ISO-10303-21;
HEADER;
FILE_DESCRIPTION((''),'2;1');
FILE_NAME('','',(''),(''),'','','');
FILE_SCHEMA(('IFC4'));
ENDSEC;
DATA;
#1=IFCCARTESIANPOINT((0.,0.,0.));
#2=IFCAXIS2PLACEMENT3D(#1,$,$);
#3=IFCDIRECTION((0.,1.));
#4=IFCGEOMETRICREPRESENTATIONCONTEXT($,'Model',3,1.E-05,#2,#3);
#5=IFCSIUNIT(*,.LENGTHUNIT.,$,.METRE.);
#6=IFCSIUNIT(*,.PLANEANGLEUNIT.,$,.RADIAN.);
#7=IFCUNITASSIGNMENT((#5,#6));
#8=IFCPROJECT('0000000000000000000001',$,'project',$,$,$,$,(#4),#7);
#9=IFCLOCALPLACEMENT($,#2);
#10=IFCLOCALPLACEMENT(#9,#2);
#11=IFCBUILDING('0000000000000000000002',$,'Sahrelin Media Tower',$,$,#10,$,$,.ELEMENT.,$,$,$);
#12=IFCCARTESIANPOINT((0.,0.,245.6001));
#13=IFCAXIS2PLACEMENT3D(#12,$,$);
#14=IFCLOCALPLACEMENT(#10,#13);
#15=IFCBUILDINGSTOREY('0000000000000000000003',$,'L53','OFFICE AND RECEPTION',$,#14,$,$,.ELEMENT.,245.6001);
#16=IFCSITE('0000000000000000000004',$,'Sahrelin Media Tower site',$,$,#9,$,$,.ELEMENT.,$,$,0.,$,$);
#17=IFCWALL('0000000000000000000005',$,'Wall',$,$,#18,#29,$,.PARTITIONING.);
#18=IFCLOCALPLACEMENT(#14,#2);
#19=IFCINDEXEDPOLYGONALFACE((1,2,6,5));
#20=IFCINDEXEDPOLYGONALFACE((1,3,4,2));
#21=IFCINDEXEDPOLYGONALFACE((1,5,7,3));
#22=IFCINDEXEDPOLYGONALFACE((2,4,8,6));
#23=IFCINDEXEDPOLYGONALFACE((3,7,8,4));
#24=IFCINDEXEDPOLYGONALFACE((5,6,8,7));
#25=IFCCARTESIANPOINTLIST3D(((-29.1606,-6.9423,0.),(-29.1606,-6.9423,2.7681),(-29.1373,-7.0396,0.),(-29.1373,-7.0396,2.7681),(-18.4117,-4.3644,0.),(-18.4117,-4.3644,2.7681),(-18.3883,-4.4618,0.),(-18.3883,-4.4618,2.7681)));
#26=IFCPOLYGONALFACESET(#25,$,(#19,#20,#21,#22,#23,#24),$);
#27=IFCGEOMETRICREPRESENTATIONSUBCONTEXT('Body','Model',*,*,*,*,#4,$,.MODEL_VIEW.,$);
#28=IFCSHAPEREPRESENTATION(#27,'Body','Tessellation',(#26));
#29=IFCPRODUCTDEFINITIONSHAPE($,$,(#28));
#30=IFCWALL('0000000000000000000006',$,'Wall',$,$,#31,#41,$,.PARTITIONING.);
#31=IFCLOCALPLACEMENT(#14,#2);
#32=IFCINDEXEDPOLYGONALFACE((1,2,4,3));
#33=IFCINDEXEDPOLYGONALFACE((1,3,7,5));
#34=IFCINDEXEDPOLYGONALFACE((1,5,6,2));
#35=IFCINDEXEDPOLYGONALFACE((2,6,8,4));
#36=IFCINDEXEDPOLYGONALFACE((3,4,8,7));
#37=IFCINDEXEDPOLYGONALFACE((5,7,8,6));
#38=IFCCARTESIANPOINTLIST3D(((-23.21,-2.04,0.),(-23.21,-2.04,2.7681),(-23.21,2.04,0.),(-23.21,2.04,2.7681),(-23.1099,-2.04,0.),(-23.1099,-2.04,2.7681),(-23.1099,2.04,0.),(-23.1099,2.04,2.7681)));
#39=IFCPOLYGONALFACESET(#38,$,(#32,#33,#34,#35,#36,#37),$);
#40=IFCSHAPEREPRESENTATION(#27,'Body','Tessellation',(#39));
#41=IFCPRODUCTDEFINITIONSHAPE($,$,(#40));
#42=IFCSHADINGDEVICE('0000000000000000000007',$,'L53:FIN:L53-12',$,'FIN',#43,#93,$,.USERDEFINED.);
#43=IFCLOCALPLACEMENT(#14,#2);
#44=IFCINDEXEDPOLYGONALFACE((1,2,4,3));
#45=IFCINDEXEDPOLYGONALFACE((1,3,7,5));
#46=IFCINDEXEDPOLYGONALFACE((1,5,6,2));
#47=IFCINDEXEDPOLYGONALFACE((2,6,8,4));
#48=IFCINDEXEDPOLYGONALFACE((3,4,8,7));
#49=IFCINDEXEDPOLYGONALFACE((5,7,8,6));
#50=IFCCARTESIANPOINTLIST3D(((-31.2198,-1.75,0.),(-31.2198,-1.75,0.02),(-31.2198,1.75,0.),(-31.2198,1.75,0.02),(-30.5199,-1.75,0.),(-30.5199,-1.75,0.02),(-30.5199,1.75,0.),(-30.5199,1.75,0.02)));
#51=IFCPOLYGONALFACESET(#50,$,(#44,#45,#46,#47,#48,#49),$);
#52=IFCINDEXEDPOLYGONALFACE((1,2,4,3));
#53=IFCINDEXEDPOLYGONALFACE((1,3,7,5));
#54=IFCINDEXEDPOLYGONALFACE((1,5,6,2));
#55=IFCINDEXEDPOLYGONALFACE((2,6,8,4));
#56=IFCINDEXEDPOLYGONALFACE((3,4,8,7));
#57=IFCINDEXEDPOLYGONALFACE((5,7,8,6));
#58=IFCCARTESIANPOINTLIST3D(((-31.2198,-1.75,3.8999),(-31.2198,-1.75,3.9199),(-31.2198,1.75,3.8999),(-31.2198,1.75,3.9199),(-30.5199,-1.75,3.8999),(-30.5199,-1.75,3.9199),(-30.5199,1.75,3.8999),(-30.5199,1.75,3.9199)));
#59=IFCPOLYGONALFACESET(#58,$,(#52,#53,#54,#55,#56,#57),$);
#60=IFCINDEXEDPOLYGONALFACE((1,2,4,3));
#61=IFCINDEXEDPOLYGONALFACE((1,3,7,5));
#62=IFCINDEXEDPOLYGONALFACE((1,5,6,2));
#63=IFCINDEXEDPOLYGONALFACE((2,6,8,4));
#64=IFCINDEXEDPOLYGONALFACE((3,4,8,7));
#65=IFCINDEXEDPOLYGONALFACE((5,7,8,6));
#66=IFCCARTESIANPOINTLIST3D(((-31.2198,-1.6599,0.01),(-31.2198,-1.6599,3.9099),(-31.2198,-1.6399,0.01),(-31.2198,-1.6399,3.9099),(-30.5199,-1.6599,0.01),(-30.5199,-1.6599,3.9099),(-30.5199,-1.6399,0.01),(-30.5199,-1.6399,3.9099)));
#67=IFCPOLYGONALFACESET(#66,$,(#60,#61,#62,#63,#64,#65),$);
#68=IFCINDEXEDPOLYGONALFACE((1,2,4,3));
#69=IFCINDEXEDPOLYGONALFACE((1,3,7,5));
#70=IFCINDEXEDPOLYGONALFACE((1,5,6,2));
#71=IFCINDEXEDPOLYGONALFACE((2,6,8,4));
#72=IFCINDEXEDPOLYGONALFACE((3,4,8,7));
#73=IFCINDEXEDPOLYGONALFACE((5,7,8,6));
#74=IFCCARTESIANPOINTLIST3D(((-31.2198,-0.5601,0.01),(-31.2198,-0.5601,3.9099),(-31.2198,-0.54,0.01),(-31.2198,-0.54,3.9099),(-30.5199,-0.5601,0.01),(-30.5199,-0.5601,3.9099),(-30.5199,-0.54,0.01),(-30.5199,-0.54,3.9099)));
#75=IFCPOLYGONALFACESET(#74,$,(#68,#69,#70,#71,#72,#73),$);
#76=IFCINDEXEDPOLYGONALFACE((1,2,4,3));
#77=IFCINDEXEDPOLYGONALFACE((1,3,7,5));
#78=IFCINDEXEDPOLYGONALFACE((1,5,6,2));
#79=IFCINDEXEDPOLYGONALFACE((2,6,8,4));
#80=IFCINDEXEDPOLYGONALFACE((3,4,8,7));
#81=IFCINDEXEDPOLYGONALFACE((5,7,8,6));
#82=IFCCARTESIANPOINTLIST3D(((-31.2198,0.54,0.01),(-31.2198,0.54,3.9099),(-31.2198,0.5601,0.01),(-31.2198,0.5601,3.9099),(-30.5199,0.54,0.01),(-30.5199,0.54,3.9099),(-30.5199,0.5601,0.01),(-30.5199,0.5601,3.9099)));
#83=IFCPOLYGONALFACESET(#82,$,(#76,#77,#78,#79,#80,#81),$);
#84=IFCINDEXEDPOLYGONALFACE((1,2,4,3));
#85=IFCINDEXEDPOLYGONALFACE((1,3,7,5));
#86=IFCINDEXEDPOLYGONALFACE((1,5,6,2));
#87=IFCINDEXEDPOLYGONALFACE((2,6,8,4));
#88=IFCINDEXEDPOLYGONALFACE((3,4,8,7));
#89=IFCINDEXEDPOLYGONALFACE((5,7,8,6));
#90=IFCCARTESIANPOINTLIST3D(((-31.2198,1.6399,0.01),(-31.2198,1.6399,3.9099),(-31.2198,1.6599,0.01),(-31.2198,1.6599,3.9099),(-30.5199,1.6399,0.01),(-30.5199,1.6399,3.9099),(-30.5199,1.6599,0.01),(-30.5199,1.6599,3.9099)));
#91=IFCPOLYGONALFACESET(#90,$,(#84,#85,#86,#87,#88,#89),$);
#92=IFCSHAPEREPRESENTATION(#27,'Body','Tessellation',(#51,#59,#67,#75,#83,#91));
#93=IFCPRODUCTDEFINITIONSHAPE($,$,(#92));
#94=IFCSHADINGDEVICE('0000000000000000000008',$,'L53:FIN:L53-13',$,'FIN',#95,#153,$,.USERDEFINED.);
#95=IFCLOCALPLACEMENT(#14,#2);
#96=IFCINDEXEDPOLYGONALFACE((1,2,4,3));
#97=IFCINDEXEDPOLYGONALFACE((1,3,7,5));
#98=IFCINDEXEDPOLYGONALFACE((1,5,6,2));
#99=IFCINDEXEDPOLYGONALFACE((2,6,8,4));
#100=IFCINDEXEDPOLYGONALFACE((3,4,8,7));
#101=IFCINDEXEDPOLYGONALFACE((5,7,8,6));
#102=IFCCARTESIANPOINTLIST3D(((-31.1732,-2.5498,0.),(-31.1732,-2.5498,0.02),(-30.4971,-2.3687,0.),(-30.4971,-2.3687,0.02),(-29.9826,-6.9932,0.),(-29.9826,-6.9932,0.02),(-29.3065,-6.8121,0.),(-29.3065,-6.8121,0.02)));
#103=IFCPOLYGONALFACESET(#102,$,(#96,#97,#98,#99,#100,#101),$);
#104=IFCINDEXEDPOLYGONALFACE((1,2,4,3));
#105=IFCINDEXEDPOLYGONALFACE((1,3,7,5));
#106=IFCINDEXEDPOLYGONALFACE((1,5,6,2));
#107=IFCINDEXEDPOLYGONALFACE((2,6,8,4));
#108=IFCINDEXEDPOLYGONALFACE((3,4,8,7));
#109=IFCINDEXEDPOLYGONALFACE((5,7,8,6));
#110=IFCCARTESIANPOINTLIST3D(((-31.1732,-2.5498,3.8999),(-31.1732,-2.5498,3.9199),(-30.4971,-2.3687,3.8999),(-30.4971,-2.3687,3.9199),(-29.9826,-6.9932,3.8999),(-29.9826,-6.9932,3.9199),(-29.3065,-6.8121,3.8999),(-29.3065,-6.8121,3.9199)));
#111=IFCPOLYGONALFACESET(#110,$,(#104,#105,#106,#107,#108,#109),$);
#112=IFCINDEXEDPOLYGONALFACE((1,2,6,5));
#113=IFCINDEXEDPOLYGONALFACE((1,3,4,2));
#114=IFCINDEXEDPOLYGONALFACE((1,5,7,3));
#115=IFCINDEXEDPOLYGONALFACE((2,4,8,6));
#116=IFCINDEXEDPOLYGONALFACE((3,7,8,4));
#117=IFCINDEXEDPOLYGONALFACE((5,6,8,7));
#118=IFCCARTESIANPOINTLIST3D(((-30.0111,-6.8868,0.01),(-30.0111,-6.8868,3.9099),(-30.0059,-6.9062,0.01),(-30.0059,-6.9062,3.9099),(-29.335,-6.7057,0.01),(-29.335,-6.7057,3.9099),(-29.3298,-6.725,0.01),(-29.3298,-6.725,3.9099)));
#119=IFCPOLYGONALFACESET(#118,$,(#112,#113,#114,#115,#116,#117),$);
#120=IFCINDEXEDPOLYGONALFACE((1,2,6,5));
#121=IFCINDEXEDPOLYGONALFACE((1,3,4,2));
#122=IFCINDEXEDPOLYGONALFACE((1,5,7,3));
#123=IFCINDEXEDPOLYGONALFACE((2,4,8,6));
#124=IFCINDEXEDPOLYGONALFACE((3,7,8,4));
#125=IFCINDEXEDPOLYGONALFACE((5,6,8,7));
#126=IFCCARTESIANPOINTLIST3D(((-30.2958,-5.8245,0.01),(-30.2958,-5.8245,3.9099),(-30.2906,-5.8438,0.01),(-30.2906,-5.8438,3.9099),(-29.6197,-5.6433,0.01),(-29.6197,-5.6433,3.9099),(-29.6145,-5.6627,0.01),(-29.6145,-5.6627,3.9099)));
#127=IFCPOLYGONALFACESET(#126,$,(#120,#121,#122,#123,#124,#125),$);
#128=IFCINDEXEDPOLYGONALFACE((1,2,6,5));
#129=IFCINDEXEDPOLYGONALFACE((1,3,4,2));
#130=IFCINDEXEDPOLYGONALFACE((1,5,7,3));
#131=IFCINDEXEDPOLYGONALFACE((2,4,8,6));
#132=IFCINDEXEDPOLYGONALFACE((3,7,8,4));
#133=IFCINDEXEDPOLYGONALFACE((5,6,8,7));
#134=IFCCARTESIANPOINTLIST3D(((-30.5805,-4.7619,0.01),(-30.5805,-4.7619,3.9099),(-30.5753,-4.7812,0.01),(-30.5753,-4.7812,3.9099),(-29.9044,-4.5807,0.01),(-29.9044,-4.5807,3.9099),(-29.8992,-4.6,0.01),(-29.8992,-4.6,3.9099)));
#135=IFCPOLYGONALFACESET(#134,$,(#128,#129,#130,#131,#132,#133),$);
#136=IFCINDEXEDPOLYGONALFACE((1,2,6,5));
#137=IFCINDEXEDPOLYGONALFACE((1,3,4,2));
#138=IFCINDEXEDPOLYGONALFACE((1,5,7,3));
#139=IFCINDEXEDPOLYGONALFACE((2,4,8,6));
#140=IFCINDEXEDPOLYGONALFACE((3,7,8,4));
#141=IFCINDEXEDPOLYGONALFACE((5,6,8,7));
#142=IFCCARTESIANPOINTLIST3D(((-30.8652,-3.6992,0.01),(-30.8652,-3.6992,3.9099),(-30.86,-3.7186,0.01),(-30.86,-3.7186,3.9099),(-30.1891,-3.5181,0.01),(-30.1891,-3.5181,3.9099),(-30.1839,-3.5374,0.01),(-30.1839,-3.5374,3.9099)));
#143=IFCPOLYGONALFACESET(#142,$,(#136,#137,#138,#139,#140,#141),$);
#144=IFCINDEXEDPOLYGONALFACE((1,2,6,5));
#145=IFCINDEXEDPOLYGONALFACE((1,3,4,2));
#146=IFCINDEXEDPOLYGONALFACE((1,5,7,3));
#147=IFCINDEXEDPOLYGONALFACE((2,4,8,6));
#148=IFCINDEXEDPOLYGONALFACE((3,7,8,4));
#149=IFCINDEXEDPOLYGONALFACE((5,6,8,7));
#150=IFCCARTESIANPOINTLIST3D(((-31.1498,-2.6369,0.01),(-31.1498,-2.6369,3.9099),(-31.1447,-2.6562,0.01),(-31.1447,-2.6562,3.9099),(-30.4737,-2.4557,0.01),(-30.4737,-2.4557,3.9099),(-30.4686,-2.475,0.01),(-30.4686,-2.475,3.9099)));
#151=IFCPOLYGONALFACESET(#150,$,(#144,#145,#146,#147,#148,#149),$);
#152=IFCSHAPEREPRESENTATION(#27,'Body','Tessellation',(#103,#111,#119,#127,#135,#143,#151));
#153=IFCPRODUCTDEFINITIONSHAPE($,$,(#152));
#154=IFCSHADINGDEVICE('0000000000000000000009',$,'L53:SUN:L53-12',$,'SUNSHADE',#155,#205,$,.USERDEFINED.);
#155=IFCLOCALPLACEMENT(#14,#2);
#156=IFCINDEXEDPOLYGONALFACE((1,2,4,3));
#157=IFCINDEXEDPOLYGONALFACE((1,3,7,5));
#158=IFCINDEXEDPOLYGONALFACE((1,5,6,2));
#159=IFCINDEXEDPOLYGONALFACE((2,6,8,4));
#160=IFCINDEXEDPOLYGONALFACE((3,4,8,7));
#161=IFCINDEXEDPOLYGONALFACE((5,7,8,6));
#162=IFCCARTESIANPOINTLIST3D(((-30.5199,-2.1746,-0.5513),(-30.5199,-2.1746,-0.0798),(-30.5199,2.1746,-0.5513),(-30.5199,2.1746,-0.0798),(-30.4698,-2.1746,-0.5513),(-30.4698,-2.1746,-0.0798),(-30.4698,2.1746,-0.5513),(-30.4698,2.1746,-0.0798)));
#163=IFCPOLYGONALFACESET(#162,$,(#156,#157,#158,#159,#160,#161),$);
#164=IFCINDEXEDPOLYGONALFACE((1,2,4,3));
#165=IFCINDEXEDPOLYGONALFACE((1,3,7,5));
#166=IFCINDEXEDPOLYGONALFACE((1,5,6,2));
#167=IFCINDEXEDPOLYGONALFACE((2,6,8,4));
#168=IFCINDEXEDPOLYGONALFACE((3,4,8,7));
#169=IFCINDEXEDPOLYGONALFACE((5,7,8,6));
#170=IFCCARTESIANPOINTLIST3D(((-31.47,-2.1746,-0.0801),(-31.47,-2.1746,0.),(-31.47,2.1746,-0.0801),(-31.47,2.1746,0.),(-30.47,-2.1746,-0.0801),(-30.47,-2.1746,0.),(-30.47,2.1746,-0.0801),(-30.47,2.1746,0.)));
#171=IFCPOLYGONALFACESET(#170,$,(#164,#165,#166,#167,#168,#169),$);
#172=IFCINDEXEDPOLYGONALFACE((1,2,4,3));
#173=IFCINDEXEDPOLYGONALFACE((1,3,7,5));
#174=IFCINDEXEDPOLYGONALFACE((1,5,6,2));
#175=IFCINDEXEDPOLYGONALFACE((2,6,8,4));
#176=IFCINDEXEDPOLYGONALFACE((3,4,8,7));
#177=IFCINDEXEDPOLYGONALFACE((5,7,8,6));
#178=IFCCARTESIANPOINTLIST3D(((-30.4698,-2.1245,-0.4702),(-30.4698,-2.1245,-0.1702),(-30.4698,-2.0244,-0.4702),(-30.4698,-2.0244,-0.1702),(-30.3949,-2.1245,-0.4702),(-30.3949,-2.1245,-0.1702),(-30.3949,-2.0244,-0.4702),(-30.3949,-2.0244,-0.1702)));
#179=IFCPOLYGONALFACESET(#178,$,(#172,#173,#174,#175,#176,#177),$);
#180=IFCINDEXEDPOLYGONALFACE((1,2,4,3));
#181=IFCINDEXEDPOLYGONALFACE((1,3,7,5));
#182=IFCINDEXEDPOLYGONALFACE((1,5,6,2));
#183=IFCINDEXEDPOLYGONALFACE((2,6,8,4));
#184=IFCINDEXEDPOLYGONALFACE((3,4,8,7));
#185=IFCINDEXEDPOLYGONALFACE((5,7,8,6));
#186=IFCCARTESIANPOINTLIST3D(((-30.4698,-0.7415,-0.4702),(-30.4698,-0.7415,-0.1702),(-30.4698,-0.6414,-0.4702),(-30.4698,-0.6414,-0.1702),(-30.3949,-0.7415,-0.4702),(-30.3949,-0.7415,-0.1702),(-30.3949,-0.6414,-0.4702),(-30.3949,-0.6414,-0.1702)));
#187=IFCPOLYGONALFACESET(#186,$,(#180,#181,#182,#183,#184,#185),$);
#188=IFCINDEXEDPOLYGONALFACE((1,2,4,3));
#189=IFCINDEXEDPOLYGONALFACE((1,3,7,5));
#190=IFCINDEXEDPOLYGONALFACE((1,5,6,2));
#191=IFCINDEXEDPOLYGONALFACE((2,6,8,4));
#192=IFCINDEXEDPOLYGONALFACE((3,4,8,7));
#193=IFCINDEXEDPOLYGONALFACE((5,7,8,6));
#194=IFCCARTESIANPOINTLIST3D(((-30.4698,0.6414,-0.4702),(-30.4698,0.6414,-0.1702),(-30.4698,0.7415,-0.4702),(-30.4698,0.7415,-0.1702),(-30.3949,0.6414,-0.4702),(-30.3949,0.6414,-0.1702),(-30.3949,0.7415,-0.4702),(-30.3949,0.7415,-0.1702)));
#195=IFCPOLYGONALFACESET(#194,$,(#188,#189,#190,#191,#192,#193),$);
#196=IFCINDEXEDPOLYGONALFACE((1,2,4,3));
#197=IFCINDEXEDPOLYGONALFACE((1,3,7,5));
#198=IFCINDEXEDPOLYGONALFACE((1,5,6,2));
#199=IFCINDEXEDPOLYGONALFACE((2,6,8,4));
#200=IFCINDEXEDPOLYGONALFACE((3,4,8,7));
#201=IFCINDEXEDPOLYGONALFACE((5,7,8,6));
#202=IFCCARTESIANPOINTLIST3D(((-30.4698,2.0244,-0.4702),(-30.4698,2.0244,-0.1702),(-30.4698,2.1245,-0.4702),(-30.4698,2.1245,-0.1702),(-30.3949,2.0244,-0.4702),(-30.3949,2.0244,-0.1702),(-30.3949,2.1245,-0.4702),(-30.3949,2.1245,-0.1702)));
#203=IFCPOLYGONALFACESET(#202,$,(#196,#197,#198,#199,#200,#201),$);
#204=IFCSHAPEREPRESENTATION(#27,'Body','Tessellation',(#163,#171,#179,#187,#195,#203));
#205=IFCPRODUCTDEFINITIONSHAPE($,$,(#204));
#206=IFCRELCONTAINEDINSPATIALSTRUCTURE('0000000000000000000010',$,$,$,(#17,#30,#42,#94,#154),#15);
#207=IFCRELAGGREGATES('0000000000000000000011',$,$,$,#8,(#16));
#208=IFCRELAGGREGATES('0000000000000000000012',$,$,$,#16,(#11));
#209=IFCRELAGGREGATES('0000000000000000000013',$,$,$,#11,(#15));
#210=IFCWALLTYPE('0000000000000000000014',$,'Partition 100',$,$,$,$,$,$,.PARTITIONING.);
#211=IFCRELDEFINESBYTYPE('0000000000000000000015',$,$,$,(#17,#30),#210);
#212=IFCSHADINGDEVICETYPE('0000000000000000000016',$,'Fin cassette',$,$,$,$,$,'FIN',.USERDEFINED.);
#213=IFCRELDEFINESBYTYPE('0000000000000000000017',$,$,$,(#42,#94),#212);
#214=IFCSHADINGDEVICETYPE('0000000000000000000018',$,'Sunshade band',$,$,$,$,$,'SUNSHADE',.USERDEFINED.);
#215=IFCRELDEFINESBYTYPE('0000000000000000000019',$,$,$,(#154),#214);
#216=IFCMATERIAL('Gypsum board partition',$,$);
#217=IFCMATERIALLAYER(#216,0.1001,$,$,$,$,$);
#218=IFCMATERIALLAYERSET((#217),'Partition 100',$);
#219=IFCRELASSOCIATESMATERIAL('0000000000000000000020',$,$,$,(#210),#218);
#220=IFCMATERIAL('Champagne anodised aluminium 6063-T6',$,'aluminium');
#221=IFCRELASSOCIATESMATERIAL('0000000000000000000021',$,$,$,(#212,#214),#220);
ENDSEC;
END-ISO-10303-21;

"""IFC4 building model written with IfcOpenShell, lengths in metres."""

from ifc_helpers import new_model, si_unit, direction, frame, frame_2d, origin, origin_2d, place, context, subcontext, project, spatial, rectangle, extrude, material, layer, layer_set, type_object, element, save


model = new_model("IFC4")

# Units and contexts
model_context = context("Model", 3, precision=1e-05, world=origin(), true_north=direction((0.0, 1.0)))
body_context = subcontext(model_context, "Body", "Model", "MODEL_VIEW")
ifc_project = project(units=[si_unit("LENGTHUNIT", "METRE"), si_unit("PLANEANGLEUNIT", "RADIAN")], contexts=[model_context])

# Site, building, storey
site_placement = place(None, origin())
site = spatial("IfcSite", under=ifc_project, at=site_placement, Name="Sahrelin Media Tower site", CompositionType="ELEMENT", RefElevation=0.0)
building_placement = place(site_placement, origin())
building = spatial("IfcBuilding", under=site, at=building_placement, Name="Sahrelin Media Tower", CompositionType="ELEMENT")
storey_placement = place(building_placement, frame((0.0, 0.0, 245.6001)))
storey = spatial("IfcBuildingStorey", under=building, at=storey_placement, Name="L53", Description="OFFICE AND RECEPTION", CompositionType="ELEMENT", Elevation=245.6001)

# Shared definitions
ifc_material_1 = material(Name="Champagne anodised aluminium 6063-T6", Category="aluminium")

# Shared definitions
ifc_material_2 = material(Name="Gypsum board partition")
ifc_layer_1 = layer(ifc_material_2, 0.1001)
ifc_layer_set_1 = layer_set([ifc_layer_1], Name="Partition 100")
wall_type_1 = type_object("IfcWallType", Name="Partition 100", PredefinedType="PARTITIONING", material=ifc_layer_set_1)

# Walls
wall_1_placement = place(storey_placement, frame((-29.1489, -6.991, 0.0), z_axis=(0.0, 0.0, 1.0), x_axis=(0.972426, 0.233212, 0.0)))
element("IfcWall", 1, at=wall_1_placement, inside=storey, type_object=wall_type_1, Name="Wall", PredefinedType="PARTITIONING", context=body_context, shape_type="SweptSolid", body=[
    extrude(rectangle(XDim=11.0537, YDim=0.1001, at=frame_2d((5.5269, 0.0))), origin(), (0.0, 0.0, 1.0), 2.7681),
])
wall_2_placement = place(storey_placement, frame((-23.1599, -2.04, 0.0), z_axis=(0.0, 0.0, 1.0), x_axis=(0.0, 1.0, 0.0)))
element("IfcWall", 2, at=wall_2_placement, inside=storey, type_object=wall_type_1, Name="Wall", PredefinedType="PARTITIONING", context=body_context, shape_type="SweptSolid", body=[
    extrude(rectangle(XDim=4.0801, YDim=0.1001, at=frame_2d((2.04, 0.0))), origin(), (0.0, 0.0, 1.0), 2.7681),
])

# Shading devices
shading_device_type_1 = type_object("IfcShadingDeviceType", Name="Fin cassette", ElementType="FIN", PredefinedType="USERDEFINED", material=ifc_material_1)
placement_1 = place(storey_placement, frame((-30.45, 0.0, 0.0), z_axis=(0.0, 0.0, 1.0), x_axis=(0.0, 1.0, 0.0)))
element("IfcShadingDevice", 3, at=placement_1, inside=storey, type_object=shading_device_type_1, Name="L53:FIN:L53-12", ObjectType="FIN", PredefinedType="USERDEFINED", context=body_context, shape_type="SweptSolid", body=[
    extrude(rectangle(XDim=3.5, YDim=0.7, at=origin_2d()), frame((0.0, 0.4199, 0.0)), (0.0, 0.0, 1.0), 0.02),
    extrude(rectangle(XDim=3.5, YDim=0.7, at=origin_2d()), frame((0.0, 0.4199, 3.8999)), (0.0, 0.0, 1.0), 0.02),
    extrude(rectangle(XDim=0.02, YDim=0.7, at=origin_2d()), frame((-1.6499, 0.4199, 0.01), z_axis=(0.0, 0.0, 1.0), x_axis=(1.0, 0.0, 0.0)), (0.0, 0.0, 1.0), 3.8999),
    extrude(rectangle(XDim=0.02, YDim=0.7, at=origin_2d()), frame((-0.55, 0.4199, 0.01), z_axis=(0.0, 0.0, 1.0), x_axis=(1.0, 0.0, 0.0)), (0.0, 0.0, 1.0), 3.8999),
    extrude(rectangle(XDim=0.02, YDim=0.7, at=origin_2d()), frame((0.55, 0.4199, 0.01), z_axis=(0.0, 0.0, 1.0), x_axis=(1.0, 0.0, 0.0)), (0.0, 0.0, 1.0), 3.8999),
    extrude(rectangle(XDim=0.02, YDim=0.7, at=origin_2d()), frame((1.6499, 0.4199, 0.01), z_axis=(0.0, 0.0, 1.0), x_axis=(1.0, 0.0, 0.0)), (0.0, 0.0, 1.0), 3.8999),
])
placement_2 = place(storey_placement, frame((-29.8342, -4.5723, 0.0), z_axis=(0.0, 0.0, 1.0), x_axis=(-0.258808, 0.965929, 0.0)))
element("IfcShadingDevice", 4, at=placement_2, inside=storey, type_object=shading_device_type_1, Name="L53:FIN:L53-13", ObjectType="FIN", PredefinedType="USERDEFINED", context=body_context, shape_type="SweptSolid", body=[
    extrude(rectangle(XDim=4.6001, YDim=0.7, at=origin_2d()), frame((0.0, 0.4199, 0.0)), (0.0, 0.0, 1.0), 0.02),
    extrude(rectangle(XDim=4.6001, YDim=0.7, at=origin_2d()), frame((0.0, 0.4199, 3.8999)), (0.0, 0.0, 1.0), 0.02),
    extrude(rectangle(XDim=0.02, YDim=0.7, at=origin_2d()), frame((-2.2, 0.4199, 0.01), z_axis=(0.0, 0.0, 1.0), x_axis=(1.0, 0.0, 0.0)), (0.0, 0.0, 1.0), 3.8999),
    extrude(rectangle(XDim=0.02, YDim=0.7, at=origin_2d()), frame((-1.1001, 0.4199, 0.01), z_axis=(0.0, 0.0, 1.0), x_axis=(1.0, 0.0, 0.0)), (0.0, 0.0, 1.0), 3.8999),
    extrude(rectangle(XDim=0.02, YDim=0.7, at=origin_2d()), frame((0.0, 0.4199, 0.01), z_axis=(0.0, 0.0, 1.0), x_axis=(1.0, 0.0, 0.0)), (0.0, 0.0, 1.0), 3.8999),
    extrude(rectangle(XDim=0.02, YDim=0.7, at=origin_2d()), frame((1.1001, 0.4199, 0.01), z_axis=(0.0, 0.0, 1.0), x_axis=(1.0, 0.0, 0.0)), (0.0, 0.0, 1.0), 3.8999),
    extrude(rectangle(XDim=0.02, YDim=0.7, at=origin_2d()), frame((2.2, 0.4199, 0.01), z_axis=(0.0, 0.0, 1.0), x_axis=(1.0, 0.0, 0.0)), (0.0, 0.0, 1.0), 3.8999),
])
shading_device_type_2 = type_object("IfcShadingDeviceType", Name="Sunshade band", ElementType="SUNSHADE", PredefinedType="USERDEFINED", material=ifc_material_1)
element("IfcShadingDevice", 5, at=placement_1, inside=storey, type_object=shading_device_type_2, Name="L53:SUN:L53-12", ObjectType="SUNSHADE", PredefinedType="USERDEFINED", context=body_context, shape_type="SweptSolid", body=[
    extrude(rectangle(XDim=4.3491, YDim=0.05, at=origin_2d()), frame((0.0, 0.0449, -0.5513)), (0.0, 0.0, 1.0), 0.4714),
    extrude(rectangle(XDim=4.3491, YDim=1.0, at=origin_2d()), frame((0.0, 0.52, -0.0801)), (0.0, 0.0, 1.0), 0.0801),
    extrude(rectangle(XDim=0.1001, YDim=0.075, at=origin_2d()), frame((-2.0745, -0.0176, -0.4702)), (0.0, 0.0, 1.0), 0.3),
    extrude(rectangle(XDim=0.1001, YDim=0.075, at=origin_2d()), frame((-0.6914, -0.0176, -0.4702)), (0.0, 0.0, 1.0), 0.3),
    extrude(rectangle(XDim=0.1001, YDim=0.075, at=origin_2d()), frame((0.6914, -0.0176, -0.4702)), (0.0, 0.0, 1.0), 0.3),
    extrude(rectangle(XDim=0.1001, YDim=0.075, at=origin_2d()), frame((2.0745, -0.0176, -0.4702)), (0.0, 0.0, 1.0), 0.3),
])

save(model, "model.ifc")
